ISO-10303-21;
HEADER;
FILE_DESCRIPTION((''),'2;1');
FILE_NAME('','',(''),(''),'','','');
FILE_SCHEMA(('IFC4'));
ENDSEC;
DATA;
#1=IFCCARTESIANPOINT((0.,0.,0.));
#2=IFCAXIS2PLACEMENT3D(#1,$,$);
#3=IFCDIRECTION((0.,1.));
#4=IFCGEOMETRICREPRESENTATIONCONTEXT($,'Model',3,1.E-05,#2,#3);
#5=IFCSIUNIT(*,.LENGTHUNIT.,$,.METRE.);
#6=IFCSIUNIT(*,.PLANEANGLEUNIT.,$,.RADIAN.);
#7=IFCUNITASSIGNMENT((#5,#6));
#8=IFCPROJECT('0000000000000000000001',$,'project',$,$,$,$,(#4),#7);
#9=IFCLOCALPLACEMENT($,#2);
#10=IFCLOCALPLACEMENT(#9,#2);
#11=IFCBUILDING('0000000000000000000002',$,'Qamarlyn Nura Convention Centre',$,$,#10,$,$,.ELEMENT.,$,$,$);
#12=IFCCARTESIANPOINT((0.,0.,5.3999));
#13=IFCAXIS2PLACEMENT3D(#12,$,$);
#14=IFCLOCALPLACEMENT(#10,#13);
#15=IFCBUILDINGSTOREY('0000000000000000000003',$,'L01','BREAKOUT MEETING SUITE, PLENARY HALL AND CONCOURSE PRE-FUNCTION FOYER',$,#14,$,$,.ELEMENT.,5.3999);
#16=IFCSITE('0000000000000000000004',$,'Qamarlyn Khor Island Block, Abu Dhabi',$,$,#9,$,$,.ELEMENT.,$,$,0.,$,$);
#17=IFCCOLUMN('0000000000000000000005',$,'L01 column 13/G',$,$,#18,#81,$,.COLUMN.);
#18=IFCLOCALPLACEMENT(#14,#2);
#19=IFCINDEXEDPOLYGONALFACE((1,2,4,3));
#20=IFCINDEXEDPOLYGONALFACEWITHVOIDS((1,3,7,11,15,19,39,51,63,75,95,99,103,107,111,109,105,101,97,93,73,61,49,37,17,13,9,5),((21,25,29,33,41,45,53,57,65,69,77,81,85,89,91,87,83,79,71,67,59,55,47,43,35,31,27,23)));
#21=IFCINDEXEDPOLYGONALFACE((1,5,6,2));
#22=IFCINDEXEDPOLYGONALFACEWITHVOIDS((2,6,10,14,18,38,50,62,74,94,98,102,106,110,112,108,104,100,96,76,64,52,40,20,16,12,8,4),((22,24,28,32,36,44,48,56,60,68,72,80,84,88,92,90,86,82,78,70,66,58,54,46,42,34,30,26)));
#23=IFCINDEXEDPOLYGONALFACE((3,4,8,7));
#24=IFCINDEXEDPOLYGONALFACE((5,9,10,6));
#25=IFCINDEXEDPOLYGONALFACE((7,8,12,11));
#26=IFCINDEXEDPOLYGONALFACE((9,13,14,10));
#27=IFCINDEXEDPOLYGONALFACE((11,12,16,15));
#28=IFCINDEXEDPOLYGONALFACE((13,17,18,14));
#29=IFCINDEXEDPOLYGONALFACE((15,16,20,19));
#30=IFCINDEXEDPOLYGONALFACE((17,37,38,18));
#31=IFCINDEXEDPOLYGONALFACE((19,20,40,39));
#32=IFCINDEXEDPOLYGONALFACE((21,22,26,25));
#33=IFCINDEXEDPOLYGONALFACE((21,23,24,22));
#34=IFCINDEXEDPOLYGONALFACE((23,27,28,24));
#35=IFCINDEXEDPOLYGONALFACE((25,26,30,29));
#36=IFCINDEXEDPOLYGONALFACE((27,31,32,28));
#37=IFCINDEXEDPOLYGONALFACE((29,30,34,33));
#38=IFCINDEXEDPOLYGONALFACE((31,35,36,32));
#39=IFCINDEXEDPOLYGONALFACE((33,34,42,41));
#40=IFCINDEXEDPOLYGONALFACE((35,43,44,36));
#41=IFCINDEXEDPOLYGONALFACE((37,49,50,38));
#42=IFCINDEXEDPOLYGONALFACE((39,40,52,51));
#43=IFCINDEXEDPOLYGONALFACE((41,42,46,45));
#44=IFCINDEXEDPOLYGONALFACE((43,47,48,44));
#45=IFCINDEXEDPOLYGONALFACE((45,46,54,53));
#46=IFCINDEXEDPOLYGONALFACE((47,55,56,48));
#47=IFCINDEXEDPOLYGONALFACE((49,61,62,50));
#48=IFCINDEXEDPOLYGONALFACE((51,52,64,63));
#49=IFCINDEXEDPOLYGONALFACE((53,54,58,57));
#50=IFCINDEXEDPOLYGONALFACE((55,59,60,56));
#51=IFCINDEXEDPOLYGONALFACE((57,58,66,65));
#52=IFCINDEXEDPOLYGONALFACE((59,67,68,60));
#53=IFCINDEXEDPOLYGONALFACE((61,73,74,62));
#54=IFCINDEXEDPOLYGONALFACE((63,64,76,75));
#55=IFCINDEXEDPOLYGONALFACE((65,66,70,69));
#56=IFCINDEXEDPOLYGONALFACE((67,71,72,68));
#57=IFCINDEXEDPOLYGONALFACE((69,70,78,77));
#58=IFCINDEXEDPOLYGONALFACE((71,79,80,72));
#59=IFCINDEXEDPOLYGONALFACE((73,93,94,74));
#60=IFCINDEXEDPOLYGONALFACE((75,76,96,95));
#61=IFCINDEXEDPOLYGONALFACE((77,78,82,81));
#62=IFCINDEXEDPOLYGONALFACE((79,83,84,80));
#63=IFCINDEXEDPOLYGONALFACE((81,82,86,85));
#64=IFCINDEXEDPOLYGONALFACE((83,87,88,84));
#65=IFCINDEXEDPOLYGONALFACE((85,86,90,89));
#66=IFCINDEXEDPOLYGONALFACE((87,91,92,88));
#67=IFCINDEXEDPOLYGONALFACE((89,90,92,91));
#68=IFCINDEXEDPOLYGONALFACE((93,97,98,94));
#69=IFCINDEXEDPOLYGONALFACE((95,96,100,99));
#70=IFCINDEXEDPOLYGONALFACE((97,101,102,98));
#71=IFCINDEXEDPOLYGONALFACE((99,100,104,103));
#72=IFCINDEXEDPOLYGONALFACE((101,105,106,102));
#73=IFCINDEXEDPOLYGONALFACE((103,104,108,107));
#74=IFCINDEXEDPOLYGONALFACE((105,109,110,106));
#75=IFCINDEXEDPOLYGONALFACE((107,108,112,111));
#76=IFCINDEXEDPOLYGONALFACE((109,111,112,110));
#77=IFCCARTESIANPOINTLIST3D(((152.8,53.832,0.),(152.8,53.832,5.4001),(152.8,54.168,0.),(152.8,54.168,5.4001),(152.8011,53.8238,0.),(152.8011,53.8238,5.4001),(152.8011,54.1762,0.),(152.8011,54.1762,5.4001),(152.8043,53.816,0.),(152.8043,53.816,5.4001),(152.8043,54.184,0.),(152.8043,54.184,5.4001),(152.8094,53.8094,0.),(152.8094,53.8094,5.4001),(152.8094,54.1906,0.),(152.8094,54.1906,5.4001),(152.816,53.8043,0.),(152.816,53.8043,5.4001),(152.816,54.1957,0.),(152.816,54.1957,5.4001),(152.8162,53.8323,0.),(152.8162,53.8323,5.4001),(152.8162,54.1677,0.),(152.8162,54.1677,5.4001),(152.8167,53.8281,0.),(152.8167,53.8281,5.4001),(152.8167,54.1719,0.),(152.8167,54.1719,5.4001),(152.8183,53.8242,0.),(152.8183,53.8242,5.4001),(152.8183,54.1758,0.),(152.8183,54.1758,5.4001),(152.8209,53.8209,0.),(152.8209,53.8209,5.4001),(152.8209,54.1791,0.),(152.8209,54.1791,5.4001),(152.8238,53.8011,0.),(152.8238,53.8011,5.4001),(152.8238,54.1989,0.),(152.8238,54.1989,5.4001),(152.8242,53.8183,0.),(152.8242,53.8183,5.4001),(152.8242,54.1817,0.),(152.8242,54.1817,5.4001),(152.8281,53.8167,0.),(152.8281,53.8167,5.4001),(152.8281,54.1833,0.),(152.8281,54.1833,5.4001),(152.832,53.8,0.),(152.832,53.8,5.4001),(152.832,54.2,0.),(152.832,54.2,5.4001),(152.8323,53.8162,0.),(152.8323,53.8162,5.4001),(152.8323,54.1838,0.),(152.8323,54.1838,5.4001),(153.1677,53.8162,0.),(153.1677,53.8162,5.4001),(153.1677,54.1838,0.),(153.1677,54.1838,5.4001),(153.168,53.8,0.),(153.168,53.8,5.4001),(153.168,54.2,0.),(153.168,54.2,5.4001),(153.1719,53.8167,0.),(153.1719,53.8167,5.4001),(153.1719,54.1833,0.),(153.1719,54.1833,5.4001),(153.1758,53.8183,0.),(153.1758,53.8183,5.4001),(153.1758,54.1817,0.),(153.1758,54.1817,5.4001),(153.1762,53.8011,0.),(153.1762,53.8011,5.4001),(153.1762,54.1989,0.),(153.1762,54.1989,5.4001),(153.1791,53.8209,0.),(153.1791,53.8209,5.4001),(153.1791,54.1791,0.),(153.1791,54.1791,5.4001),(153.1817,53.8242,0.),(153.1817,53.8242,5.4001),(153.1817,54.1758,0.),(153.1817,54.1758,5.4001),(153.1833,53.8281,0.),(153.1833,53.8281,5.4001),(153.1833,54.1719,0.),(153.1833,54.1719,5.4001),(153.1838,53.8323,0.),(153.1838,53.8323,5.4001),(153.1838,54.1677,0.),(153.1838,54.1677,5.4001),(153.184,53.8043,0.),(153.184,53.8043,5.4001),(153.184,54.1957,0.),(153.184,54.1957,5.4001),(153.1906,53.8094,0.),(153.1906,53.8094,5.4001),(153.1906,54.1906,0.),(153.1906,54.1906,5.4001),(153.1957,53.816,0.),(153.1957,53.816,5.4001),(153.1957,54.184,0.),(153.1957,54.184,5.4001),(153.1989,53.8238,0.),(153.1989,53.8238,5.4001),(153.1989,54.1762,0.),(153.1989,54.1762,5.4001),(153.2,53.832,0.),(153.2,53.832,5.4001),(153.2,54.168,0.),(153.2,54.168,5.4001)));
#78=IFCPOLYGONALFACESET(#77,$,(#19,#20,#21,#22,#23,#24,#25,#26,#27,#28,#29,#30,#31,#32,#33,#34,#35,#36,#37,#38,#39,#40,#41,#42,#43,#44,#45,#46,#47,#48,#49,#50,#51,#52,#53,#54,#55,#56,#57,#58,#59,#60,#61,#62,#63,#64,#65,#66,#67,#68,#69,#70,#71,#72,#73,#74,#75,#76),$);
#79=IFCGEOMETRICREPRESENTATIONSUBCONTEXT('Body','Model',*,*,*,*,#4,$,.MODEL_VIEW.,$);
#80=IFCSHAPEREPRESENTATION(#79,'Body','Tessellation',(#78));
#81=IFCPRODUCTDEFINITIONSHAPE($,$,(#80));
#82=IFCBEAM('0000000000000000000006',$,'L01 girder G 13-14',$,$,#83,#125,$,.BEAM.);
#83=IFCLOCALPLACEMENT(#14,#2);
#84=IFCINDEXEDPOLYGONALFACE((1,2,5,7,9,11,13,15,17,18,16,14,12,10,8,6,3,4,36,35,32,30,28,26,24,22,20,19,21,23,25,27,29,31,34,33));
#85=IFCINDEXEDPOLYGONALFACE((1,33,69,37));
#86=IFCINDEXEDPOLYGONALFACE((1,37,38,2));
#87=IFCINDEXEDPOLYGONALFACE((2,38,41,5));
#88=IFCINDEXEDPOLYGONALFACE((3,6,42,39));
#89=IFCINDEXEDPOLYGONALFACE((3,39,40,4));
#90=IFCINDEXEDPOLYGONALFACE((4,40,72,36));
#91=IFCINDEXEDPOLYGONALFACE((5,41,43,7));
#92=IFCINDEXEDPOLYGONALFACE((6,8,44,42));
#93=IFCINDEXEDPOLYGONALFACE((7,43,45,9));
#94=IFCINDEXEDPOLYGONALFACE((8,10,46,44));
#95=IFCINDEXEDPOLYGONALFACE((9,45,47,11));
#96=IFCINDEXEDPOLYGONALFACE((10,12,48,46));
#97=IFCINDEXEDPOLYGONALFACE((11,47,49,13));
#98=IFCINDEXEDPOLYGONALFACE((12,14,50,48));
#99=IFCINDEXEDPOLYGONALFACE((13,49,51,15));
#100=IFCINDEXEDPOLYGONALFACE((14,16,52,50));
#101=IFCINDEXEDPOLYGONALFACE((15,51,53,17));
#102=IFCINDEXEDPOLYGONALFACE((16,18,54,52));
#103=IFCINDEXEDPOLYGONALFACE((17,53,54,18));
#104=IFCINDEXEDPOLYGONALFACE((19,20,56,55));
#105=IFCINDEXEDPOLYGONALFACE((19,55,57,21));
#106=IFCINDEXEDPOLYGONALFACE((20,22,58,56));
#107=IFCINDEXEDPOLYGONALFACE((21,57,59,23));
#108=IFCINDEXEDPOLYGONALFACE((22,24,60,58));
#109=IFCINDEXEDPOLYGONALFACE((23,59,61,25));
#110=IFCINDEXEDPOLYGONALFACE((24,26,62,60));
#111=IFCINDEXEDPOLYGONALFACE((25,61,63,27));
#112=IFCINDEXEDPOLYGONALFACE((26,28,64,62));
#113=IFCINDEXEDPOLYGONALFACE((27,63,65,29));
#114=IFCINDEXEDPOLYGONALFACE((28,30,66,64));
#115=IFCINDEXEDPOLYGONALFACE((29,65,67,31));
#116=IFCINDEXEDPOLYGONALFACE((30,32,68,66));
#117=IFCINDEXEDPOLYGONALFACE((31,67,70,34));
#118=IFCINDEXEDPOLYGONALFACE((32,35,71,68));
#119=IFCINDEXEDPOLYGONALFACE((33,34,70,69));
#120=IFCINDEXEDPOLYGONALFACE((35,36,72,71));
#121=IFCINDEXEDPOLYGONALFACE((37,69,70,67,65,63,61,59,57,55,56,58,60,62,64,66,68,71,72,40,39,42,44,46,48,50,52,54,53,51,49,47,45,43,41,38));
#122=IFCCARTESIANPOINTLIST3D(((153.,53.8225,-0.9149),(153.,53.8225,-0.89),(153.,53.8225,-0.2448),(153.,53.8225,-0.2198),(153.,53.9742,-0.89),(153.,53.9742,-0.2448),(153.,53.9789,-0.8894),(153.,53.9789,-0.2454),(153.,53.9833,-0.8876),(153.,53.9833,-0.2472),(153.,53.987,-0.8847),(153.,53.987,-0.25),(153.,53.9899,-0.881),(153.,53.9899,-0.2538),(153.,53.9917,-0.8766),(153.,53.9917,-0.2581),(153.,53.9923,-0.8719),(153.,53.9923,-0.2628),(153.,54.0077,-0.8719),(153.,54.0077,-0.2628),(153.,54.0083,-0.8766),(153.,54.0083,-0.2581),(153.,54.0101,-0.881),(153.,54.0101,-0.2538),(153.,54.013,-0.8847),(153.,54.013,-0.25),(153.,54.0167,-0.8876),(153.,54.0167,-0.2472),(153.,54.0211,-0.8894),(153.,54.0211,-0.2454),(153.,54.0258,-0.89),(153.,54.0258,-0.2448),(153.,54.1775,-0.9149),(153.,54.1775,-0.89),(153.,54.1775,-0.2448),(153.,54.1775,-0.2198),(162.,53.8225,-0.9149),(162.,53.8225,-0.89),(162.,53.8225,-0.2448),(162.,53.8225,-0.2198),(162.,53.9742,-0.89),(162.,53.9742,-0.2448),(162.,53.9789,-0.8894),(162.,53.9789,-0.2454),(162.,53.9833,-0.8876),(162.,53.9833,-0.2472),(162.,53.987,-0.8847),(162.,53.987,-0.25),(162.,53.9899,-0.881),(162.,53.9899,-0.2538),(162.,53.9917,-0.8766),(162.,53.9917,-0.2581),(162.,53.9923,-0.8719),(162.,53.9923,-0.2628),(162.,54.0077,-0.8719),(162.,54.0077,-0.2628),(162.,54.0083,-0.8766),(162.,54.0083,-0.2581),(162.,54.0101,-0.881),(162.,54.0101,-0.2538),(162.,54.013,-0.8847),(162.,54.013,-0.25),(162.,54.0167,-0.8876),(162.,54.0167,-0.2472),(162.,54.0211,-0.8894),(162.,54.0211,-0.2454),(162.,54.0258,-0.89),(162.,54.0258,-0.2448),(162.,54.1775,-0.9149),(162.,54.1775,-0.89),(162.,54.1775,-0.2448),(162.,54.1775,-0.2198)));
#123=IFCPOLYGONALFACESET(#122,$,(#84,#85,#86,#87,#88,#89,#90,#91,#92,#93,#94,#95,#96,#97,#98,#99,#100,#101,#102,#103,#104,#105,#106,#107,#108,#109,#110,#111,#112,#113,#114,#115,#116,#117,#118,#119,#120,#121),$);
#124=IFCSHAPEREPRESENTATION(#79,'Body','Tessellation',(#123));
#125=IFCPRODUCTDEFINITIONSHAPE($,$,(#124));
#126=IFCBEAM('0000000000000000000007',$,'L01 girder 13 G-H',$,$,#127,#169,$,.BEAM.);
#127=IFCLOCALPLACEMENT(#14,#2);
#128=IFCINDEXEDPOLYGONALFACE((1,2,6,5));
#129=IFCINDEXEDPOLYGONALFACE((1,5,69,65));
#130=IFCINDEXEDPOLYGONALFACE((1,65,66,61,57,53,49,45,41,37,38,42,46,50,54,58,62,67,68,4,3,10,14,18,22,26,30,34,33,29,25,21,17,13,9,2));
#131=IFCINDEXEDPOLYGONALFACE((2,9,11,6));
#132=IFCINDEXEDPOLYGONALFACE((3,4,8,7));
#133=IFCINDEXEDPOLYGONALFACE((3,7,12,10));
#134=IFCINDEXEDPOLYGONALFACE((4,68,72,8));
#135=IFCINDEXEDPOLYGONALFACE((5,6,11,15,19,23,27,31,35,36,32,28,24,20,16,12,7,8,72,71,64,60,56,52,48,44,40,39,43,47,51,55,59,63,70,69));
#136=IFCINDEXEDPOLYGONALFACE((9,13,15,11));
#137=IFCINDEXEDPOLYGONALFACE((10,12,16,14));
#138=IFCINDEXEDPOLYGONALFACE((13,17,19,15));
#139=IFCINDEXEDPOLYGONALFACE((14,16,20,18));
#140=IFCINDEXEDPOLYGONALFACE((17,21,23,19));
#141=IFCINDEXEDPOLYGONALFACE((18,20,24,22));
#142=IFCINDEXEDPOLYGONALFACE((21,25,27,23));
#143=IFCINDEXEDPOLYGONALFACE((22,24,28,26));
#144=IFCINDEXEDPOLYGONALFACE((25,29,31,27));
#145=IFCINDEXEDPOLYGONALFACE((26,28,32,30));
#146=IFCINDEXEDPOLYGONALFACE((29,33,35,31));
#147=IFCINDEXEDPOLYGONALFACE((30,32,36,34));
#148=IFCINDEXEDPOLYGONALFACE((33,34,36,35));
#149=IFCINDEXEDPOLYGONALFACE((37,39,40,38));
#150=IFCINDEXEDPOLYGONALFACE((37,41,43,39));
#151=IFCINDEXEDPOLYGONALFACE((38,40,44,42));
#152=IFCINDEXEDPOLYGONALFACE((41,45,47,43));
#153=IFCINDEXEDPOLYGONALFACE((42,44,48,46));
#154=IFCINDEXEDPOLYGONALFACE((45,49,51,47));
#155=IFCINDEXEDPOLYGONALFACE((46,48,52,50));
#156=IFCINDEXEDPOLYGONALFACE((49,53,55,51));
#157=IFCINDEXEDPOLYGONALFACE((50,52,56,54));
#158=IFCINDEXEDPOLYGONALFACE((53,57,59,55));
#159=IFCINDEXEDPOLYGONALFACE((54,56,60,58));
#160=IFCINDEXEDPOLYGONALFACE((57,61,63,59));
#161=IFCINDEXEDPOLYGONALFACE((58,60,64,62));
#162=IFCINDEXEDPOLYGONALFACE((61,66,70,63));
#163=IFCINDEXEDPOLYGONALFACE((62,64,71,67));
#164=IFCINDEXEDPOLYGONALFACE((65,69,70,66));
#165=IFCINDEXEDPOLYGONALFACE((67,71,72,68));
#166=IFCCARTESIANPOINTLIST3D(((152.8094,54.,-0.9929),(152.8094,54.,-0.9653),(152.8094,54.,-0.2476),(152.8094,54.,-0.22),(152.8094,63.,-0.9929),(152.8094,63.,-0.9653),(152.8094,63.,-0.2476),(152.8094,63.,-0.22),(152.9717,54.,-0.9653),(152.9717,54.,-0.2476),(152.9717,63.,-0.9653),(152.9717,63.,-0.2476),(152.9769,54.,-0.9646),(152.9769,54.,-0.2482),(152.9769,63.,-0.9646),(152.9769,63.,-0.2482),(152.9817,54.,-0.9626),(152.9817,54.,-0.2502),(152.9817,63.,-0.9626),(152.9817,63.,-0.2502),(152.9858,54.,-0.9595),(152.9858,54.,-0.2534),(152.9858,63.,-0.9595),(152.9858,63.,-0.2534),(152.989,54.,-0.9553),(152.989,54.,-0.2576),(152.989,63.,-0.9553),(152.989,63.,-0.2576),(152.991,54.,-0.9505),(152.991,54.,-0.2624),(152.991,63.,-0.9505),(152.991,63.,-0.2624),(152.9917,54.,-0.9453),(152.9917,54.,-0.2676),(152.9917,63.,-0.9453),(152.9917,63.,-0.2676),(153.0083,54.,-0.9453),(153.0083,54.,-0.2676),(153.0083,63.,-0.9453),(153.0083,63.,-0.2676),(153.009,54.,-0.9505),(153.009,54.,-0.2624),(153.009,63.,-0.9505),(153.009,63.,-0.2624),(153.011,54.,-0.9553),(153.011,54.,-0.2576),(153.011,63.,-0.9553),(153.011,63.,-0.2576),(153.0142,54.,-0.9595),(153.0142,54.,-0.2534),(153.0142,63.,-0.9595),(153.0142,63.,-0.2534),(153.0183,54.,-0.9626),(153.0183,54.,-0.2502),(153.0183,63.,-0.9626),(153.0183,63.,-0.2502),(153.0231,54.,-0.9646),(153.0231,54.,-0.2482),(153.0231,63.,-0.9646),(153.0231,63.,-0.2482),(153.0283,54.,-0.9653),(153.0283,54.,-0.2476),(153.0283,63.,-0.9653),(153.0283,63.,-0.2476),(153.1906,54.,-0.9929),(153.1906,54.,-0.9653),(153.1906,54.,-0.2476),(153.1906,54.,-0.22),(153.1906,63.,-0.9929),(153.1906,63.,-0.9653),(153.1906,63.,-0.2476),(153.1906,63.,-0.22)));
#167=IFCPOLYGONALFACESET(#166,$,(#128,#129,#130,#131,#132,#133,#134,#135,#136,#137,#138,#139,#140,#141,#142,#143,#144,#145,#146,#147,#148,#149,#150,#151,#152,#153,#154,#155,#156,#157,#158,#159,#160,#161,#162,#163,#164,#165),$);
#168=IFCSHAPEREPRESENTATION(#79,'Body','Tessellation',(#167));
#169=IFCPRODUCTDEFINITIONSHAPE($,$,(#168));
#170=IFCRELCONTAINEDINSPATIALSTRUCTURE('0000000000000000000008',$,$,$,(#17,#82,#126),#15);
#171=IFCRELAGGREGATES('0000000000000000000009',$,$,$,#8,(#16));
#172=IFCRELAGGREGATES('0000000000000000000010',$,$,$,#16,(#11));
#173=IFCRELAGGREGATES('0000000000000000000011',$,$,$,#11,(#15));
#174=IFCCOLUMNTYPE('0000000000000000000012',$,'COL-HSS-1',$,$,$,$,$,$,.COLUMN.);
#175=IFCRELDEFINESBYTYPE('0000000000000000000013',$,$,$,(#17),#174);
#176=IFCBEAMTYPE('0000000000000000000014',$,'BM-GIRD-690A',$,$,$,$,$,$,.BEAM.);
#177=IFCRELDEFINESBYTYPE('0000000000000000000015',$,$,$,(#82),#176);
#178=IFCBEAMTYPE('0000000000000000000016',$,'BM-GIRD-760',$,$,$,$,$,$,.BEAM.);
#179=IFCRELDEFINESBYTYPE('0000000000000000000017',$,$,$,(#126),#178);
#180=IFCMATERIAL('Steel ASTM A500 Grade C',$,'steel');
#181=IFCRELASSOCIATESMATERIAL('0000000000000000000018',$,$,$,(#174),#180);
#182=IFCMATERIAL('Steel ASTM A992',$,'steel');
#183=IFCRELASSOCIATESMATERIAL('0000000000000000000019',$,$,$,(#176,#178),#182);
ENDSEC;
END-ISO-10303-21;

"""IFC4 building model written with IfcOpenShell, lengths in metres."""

from ifc_helpers import new_model, si_unit, direction, frame, origin, origin_2d, place, context, subcontext, project, spatial, hollow_rectangle, i_section, extrude, material, material_profile, profile_set, type_object, element, save


model = new_model("IFC4")

# Units and contexts
model_context = context("Model", 3, precision=1e-05, world=origin(), true_north=direction((0.0, 1.0)))
body_context = subcontext(model_context, "Body", "Model", "MODEL_VIEW")
ifc_project = project(units=[si_unit("LENGTHUNIT", "METRE"), si_unit("PLANEANGLEUNIT", "RADIAN")], contexts=[model_context])

# Site, building, storey
site_placement = place(None, origin())
site = spatial("IfcSite", under=ifc_project, at=site_placement, Name="Qamarlyn Khor Island Block, Abu Dhabi", CompositionType="ELEMENT", RefElevation=0.0)
building_placement = place(site_placement, origin())
building = spatial("IfcBuilding", under=site, at=building_placement, Name="Qamarlyn Nura Convention Centre", CompositionType="ELEMENT")
storey_placement = place(building_placement, frame((0.0, 0.0, 5.3999)))
storey = spatial("IfcBuildingStorey", under=building, at=storey_placement, Name="L01", Description="BREAKOUT MEETING SUITE, PLENARY HALL AND CONCOURSE PRE-FUNCTION FOYER", CompositionType="ELEMENT", Elevation=5.3999)

# Column
ifc_material_1 = material(Name="Steel ASTM A500 Grade C", Category="steel")
ifc_material_profile_1 = material_profile(ifc_material_1, hollow_rectangle(XDim=0.3999, YDim=0.3999, WallThickness=0.0161, InnerFilletRadius=0.0161, OuterFilletRadius=0.032, at=origin_2d()), Name="HSS400X400X16")
ifc_profile_set_1 = profile_set([ifc_material_profile_1], Name="Steel ASTM A500 Grade C")
column_type = type_object("IfcColumnType", Name="COL-HSS-1", PredefinedType="COLUMN", material=ifc_profile_set_1)
column_placement = place(storey_placement, frame((153.0, 54.0, 0.0), z_axis=(0.0, 0.0, 1.0), x_axis=(1.0, 0.0, 0.0)))
element("IfcColumn", 1, at=column_placement, inside=storey, type_object=column_type, Name="L01 column 13/G", PredefinedType="COLUMN", context=body_context, shape_type="SweptSolid", body=[
    extrude(hollow_rectangle(XDim=0.3999, YDim=0.3999, WallThickness=0.0161, InnerFilletRadius=0.0161, OuterFilletRadius=0.032, at=origin_2d()), origin(), (0.0, 0.0, 1.0), 5.4001),
])

# Beams
ifc_material_2 = material(Name="Steel ASTM A992", Category="steel")
ifc_material_profile_2 = material_profile(ifc_material_2, i_section(OverallWidth=0.355, OverallDepth=0.6951, WebThickness=0.0154, FlangeThickness=0.0249, FilletRadius=0.0181, at=origin_2d()), Name="W690X217")
ifc_profile_set_2 = profile_set([ifc_material_profile_2], Name="Steel ASTM A992")
beam_type_1 = type_object("IfcBeamType", Name="BM-GIRD-690A", PredefinedType="BEAM", material=ifc_profile_set_2)
beam_1_placement = place(storey_placement, frame((153.0, 54.0, -0.5674), z_axis=(1.0, 0.0, 0.0), x_axis=(0.0, 1.0, 0.0)))
element("IfcBeam", 2, at=beam_1_placement, inside=storey, type_object=beam_type_1, Name="L01 girder G 13-14", PredefinedType="BEAM", context=body_context, shape_type="SweptSolid", body=[
    extrude(i_section(OverallWidth=0.355, OverallDepth=0.6951, WebThickness=0.0154, FlangeThickness=0.0249, FilletRadius=0.0181, at=origin_2d()), origin(), (0.0, 0.0, 1.0), 9.0),
])
ifc_material_profile_3 = material_profile(ifc_material_2, i_section(OverallWidth=0.3811, OverallDepth=0.7729, WebThickness=0.0166, FlangeThickness=0.0276, FilletRadius=0.02, at=origin_2d()), Name="W760X257")
ifc_profile_set_3 = profile_set([ifc_material_profile_3], Name="Steel ASTM A992")
beam_type_2 = type_object("IfcBeamType", Name="BM-GIRD-760", PredefinedType="BEAM", material=ifc_profile_set_3)
beam_2_placement = place(storey_placement, frame((153.0, 54.0, -0.6064), z_axis=(0.0, 1.0, 0.0), x_axis=(-1.0, 0.0, 0.0)))
element("IfcBeam", 3, at=beam_2_placement, inside=storey, type_object=beam_type_2, Name="L01 girder 13 G-H", PredefinedType="BEAM", context=body_context, shape_type="SweptSolid", body=[
    extrude(i_section(OverallWidth=0.3811, OverallDepth=0.7729, WebThickness=0.0166, FlangeThickness=0.0276, FilletRadius=0.02, at=origin_2d()), origin(), (0.0, 0.0, 1.0), 9.0),
])

save(model, "model.ifc")
